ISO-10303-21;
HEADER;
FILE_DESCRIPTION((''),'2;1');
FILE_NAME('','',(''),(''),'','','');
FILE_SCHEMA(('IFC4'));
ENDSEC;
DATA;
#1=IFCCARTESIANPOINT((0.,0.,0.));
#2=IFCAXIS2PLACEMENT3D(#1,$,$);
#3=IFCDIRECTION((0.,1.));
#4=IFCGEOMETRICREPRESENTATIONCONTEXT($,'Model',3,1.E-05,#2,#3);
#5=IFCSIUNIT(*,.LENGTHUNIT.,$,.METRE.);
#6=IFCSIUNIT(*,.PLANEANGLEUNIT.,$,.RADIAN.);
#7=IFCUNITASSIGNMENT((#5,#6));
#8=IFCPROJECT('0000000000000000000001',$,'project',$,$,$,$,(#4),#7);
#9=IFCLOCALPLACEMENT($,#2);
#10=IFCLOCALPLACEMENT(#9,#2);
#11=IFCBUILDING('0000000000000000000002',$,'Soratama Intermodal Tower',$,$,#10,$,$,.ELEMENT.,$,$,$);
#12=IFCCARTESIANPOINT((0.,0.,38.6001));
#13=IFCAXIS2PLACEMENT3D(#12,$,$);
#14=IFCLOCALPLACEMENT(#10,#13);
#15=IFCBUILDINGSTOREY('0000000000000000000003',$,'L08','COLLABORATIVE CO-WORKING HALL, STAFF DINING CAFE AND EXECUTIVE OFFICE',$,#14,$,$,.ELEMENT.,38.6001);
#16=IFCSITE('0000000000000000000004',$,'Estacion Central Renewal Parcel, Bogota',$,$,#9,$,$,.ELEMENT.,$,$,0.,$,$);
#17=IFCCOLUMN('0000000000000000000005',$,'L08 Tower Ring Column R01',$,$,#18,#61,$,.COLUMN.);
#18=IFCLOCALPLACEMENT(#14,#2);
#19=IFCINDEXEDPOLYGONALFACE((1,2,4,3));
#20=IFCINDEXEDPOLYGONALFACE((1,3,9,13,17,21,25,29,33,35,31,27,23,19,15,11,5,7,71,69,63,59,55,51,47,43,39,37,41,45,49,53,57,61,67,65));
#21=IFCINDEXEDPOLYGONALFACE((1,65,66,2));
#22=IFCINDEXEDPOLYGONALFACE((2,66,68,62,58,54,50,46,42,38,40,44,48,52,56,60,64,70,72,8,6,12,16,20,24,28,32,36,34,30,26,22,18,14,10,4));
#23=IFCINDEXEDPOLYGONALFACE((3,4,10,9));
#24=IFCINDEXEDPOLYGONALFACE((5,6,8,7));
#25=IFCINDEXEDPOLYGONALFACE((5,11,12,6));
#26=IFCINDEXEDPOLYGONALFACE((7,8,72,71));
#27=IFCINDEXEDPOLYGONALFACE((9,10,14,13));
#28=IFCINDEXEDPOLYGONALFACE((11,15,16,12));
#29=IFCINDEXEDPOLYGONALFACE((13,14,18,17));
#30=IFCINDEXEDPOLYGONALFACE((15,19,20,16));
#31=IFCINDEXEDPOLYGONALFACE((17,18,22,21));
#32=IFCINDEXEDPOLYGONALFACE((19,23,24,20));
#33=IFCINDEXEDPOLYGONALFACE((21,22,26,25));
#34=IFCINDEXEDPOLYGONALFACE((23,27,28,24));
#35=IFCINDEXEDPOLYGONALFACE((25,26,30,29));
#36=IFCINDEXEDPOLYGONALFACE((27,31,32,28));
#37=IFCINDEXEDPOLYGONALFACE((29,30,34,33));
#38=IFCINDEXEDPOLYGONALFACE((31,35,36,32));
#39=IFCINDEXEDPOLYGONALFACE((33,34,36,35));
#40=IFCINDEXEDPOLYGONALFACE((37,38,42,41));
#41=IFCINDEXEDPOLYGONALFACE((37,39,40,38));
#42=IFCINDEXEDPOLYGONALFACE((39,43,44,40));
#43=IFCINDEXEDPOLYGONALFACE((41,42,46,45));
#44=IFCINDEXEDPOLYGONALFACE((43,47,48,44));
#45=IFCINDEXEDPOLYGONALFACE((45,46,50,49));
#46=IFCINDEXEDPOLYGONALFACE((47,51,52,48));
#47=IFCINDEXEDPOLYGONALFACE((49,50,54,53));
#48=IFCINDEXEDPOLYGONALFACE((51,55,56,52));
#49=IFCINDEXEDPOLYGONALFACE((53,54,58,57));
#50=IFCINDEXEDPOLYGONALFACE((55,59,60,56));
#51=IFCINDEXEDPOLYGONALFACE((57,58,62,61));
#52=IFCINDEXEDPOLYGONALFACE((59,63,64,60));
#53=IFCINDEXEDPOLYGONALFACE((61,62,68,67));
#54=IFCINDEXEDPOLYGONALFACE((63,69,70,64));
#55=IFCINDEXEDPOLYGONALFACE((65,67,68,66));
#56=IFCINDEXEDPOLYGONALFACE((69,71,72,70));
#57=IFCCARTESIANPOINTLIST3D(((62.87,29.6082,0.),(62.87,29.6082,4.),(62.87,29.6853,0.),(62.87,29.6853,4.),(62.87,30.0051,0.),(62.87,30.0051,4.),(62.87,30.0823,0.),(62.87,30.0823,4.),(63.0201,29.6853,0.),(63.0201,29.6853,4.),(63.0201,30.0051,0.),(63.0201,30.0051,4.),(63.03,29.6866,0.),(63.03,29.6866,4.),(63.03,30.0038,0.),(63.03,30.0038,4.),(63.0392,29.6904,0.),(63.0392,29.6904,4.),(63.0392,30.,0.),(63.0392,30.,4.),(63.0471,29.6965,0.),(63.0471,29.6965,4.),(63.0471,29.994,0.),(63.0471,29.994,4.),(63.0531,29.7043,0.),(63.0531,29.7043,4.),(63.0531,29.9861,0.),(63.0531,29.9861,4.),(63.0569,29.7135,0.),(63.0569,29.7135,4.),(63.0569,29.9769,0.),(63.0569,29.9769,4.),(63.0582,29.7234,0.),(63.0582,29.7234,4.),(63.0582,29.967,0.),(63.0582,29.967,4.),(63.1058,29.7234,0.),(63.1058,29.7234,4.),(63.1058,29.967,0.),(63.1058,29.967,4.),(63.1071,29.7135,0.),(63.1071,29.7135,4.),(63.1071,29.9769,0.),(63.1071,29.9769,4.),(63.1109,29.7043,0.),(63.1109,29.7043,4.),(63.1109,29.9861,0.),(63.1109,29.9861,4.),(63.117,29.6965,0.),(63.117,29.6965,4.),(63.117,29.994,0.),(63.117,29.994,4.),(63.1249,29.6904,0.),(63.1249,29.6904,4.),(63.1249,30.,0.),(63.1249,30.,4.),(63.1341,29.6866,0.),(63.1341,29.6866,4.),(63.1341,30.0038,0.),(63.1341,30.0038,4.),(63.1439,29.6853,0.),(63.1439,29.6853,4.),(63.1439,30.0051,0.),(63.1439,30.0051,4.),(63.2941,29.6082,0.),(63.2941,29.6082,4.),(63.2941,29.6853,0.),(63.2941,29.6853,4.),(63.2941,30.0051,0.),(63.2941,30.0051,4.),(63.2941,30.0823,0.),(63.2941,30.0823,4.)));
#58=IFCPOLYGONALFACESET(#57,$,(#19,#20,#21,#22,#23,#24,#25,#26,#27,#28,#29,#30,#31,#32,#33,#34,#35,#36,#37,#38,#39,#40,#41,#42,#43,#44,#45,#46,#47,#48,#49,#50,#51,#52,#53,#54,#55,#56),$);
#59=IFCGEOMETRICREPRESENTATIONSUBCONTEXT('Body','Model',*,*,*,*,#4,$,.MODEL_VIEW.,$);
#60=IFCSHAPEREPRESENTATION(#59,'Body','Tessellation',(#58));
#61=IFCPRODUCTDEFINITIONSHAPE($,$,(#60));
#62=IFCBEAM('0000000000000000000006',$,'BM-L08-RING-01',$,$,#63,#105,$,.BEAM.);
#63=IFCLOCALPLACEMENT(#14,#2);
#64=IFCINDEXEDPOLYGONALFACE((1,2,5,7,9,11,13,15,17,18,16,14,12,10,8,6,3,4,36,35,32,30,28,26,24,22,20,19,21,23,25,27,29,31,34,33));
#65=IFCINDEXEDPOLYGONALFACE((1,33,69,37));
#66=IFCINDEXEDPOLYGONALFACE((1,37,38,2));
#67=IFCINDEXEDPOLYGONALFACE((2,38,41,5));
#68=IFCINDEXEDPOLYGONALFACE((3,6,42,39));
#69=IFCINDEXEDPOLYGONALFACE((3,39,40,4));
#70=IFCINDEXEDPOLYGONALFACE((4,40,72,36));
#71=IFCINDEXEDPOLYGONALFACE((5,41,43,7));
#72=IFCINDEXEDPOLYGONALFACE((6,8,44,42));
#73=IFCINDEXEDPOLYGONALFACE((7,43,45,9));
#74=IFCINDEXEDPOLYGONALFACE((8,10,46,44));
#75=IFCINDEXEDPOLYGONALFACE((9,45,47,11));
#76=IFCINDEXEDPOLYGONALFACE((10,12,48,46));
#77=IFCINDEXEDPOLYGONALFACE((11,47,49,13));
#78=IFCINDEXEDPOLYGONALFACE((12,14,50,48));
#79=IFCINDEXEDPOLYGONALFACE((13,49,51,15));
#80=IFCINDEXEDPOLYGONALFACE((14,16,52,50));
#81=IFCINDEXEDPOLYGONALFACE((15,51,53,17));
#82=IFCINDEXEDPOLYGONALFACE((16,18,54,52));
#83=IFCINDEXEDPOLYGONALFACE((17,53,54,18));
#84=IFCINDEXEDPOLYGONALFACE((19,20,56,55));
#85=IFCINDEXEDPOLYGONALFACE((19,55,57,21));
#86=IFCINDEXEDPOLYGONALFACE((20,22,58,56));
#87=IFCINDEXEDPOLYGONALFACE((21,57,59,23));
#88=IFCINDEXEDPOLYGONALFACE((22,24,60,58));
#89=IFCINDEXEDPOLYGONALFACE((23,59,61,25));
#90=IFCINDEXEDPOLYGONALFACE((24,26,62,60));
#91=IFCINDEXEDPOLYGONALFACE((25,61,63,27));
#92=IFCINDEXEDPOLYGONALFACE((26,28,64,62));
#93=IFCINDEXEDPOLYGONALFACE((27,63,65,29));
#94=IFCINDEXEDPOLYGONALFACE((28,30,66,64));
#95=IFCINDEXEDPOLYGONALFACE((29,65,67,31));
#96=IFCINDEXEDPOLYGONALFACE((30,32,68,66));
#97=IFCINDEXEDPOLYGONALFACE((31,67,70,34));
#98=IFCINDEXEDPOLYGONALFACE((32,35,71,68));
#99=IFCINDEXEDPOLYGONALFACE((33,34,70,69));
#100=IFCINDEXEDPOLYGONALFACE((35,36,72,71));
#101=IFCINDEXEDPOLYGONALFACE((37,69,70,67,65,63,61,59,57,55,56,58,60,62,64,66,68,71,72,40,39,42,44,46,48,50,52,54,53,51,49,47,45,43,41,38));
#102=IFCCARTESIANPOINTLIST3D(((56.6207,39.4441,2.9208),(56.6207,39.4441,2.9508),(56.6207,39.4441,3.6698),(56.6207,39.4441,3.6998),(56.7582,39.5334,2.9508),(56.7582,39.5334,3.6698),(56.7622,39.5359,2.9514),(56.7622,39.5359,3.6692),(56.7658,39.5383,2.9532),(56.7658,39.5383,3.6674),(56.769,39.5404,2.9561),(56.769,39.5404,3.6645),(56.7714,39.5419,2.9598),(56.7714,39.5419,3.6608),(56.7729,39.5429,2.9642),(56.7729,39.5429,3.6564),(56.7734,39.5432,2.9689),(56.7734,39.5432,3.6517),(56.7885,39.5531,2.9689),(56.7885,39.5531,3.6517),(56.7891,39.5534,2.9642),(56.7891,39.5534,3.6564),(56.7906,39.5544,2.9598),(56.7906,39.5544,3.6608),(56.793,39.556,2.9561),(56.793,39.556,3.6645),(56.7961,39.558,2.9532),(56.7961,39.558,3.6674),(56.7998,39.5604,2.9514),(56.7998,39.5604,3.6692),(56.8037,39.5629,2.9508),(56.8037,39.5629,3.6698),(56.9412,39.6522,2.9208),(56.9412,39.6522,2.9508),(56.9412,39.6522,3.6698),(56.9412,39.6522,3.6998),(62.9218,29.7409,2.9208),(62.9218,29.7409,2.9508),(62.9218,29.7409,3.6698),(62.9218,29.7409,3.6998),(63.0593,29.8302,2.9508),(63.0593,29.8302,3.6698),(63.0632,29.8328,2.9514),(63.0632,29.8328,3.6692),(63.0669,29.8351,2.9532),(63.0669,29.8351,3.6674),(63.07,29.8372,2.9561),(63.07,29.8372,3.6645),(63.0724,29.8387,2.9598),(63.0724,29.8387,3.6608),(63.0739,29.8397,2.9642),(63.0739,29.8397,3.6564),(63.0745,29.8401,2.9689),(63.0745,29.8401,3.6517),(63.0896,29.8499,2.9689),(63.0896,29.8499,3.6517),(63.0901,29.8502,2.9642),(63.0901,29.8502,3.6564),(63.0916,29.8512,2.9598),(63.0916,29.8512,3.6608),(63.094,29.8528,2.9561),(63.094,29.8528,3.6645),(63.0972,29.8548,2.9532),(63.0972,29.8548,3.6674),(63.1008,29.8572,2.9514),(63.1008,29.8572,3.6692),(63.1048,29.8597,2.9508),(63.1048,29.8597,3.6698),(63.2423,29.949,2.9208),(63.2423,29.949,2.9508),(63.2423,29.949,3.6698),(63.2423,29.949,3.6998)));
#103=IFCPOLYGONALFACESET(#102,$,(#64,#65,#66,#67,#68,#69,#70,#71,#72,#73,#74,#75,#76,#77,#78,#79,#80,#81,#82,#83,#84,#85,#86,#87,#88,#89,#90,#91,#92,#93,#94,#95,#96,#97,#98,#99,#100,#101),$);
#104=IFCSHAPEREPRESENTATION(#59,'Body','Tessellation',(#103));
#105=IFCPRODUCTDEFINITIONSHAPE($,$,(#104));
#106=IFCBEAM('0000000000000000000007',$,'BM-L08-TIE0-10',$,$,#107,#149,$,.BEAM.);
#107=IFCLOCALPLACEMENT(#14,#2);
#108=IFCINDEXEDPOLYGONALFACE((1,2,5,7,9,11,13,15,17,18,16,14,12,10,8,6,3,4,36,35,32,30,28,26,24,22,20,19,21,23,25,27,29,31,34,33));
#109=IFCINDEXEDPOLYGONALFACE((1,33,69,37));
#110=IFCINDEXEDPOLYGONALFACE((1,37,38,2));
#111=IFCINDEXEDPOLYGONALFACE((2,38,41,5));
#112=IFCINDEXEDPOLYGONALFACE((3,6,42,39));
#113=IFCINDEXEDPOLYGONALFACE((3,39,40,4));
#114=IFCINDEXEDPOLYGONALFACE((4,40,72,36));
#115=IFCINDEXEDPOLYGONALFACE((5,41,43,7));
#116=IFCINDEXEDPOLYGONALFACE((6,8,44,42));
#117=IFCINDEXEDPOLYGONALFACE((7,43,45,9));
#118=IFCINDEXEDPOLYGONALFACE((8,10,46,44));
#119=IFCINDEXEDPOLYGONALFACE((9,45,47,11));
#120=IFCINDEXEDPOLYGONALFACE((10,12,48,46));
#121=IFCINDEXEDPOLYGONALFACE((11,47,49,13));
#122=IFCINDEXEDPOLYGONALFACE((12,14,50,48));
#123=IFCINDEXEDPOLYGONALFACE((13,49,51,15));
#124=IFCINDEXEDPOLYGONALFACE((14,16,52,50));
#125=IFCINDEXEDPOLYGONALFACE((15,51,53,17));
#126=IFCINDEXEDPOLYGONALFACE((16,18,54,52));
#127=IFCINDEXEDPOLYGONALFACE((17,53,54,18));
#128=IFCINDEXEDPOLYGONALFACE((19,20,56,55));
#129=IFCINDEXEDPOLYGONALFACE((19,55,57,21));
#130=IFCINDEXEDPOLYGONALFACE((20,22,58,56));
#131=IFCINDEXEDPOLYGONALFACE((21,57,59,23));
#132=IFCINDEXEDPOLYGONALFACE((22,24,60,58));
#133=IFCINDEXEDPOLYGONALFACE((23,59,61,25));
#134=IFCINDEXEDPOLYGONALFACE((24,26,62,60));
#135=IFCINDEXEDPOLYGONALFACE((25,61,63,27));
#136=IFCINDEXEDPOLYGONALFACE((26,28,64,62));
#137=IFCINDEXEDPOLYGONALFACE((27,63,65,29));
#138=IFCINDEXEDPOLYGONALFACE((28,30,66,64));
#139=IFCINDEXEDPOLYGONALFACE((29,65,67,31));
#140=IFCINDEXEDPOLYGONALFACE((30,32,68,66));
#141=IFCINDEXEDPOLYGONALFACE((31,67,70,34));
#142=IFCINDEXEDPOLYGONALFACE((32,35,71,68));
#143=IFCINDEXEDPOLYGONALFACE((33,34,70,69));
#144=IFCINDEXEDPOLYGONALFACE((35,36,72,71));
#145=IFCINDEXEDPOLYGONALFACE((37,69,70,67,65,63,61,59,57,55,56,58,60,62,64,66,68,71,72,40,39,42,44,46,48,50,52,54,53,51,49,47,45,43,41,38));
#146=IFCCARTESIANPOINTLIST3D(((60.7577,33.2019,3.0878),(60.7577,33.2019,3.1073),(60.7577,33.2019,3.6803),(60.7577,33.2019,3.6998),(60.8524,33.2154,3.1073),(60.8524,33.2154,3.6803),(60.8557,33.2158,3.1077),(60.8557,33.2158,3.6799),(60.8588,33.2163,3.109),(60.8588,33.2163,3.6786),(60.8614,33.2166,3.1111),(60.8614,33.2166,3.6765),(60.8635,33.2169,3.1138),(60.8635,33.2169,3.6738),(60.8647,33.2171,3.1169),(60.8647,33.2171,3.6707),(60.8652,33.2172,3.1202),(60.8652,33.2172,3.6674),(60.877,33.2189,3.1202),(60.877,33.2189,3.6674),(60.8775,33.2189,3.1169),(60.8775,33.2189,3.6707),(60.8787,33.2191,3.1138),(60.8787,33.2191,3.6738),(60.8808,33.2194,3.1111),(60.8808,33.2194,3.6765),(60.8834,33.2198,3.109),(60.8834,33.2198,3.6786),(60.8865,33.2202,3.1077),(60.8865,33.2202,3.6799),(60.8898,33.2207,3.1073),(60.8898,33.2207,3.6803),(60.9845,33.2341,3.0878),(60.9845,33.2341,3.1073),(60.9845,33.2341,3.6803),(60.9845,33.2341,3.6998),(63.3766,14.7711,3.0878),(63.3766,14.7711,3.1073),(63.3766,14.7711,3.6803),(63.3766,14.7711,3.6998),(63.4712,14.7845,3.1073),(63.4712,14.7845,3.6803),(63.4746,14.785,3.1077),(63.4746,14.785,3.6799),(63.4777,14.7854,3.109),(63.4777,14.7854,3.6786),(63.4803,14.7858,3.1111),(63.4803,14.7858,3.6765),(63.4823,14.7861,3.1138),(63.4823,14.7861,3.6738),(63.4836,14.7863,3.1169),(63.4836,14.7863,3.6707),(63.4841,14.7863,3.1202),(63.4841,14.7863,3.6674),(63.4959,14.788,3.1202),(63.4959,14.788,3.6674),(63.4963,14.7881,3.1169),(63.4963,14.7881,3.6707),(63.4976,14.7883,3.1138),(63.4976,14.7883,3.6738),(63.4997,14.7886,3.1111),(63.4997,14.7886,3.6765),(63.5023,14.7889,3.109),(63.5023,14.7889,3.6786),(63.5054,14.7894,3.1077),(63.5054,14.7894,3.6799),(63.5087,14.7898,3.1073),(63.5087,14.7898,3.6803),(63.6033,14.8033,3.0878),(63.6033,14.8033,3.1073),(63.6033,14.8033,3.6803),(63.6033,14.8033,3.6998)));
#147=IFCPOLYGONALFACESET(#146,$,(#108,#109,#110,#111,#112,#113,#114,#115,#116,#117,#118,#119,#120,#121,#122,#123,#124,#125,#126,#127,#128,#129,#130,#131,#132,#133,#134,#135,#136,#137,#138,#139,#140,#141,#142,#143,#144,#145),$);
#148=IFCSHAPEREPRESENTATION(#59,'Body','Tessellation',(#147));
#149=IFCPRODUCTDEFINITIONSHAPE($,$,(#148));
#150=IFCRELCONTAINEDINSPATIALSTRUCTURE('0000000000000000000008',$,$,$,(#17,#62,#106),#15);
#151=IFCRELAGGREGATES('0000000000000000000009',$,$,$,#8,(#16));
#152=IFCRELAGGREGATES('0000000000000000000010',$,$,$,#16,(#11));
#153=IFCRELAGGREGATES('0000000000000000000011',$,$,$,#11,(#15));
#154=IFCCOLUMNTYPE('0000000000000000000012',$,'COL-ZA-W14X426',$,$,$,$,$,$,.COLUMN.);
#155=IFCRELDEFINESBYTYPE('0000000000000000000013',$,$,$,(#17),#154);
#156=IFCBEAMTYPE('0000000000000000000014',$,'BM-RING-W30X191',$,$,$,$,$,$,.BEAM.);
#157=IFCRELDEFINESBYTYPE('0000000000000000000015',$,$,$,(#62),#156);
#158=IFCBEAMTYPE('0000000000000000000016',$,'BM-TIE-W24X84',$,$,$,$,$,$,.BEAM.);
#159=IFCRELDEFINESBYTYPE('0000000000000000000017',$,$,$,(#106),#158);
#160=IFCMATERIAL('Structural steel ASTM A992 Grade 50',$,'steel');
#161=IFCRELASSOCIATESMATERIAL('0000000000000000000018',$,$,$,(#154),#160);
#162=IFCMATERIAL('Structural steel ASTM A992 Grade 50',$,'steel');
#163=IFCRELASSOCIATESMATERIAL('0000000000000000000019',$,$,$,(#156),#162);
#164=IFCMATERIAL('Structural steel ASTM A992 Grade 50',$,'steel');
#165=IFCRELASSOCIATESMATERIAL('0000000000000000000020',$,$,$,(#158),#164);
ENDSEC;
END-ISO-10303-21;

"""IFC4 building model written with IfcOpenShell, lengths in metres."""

from ifc_helpers import new_model, si_unit, direction, frame, origin, origin_2d, place, context, subcontext, project, spatial, i_section, extrude, material, material_profile, profile_set, type_object, element, save


model = new_model("IFC4")

# Units and contexts
model_context = context("Model", 3, precision=1e-05, world=origin(), true_north=direction((0.0, 1.0)))
body_context = subcontext(model_context, "Body", "Model", "MODEL_VIEW")
ifc_project = project(units=[si_unit("LENGTHUNIT", "METRE"), si_unit("PLANEANGLEUNIT", "RADIAN")], contexts=[model_context])

# Site, building, storey
site_placement = place(None, origin())
site = spatial("IfcSite", under=ifc_project, at=site_placement, Name="Estacion Central Renewal Parcel, Bogota", CompositionType="ELEMENT", RefElevation=0.0)
building_placement = place(site_placement, origin())
building = spatial("IfcBuilding", under=site, at=building_placement, Name="Soratama Intermodal Tower", CompositionType="ELEMENT")
storey_placement = place(building_placement, frame((0.0, 0.0, 38.6001)))
storey = spatial("IfcBuildingStorey", under=building, at=storey_placement, Name="L08", Description="COLLABORATIVE CO-WORKING HALL, STAFF DINING CAFE AND EXECUTIVE OFFICE", CompositionType="ELEMENT", Elevation=38.6001)

# Column
ifc_material_1 = material(Name="Structural steel ASTM A992 Grade 50", Category="steel")
ifc_material_profile_1 = material_profile(ifc_material_1, i_section(OverallWidth=0.4241, OverallDepth=0.4741, WebThickness=0.0476, FlangeThickness=0.0771, FilletRadius=0.0381, at=origin_2d()), Name="W14X426")
ifc_profile_set_1 = profile_set([ifc_material_profile_1], Name="Structural steel ASTM A992 Grade 50")
column_type = type_object("IfcColumnType", Name="COL-ZA-W14X426", PredefinedType="COLUMN", material=ifc_profile_set_1)
column_placement = place(storey_placement, frame((63.082, 29.8452, 0.0), z_axis=(0.0, 0.0, 1.0), x_axis=(1.0, 0.0, 0.0)))
element("IfcColumn", 1, at=column_placement, inside=storey, type_object=column_type, Name="L08 Tower Ring Column R01", PredefinedType="COLUMN", context=body_context, shape_type="SweptSolid", body=[
    extrude(i_section(OverallWidth=0.4241, OverallDepth=0.4741, WebThickness=0.0476, FlangeThickness=0.0771, FilletRadius=0.0381, at=origin_2d()), origin(), (0.0, 0.0, 1.0), 4.0),
])

# Beams
ifc_material_2 = material(Name="Structural steel ASTM A992 Grade 50", Category="steel")
ifc_material_profile_2 = material_profile(ifc_material_2, i_section(OverallWidth=0.3821, OverallDepth=0.7791, WebThickness=0.0181, FlangeThickness=0.03, FilletRadius=0.0181, at=origin_2d()), Name="W30X191")
ifc_profile_set_2 = profile_set([ifc_material_profile_2], Name="Structural steel ASTM A992 Grade 50")
beam_type_1 = type_object("IfcBeamType", Name="BM-RING-W30X191", PredefinedType="BEAM", material=ifc_profile_set_2)
beam_1_placement = place(storey_placement, frame((63.082, 29.845, 3.3103), z_axis=(-0.544623, 0.838681, 0.0), x_axis=(-0.838681, -0.544623, 0.0)))
element("IfcBeam", 2, at=beam_1_placement, inside=storey, type_object=beam_type_1, Name="BM-L08-RING-01", PredefinedType="BEAM", context=body_context, shape_type="SweptSolid", body=[
    extrude(i_section(OverallWidth=0.3821, OverallDepth=0.7791, WebThickness=0.0181, FlangeThickness=0.03, FilletRadius=0.0181, at=origin_2d()), origin(), (0.0, 0.0, 1.0), 11.5696),
])
ifc_material_3 = material(Name="Structural steel ASTM A992 Grade 50", Category="steel")
ifc_material_profile_3 = material_profile(ifc_material_3, i_section(OverallWidth=0.229, OverallDepth=0.6121, WebThickness=0.012, FlangeThickness=0.0195, FilletRadius=0.0129, at=origin_2d()), Name="W24X84")
ifc_profile_set_3 = profile_set([ifc_material_profile_3], Name="Structural steel ASTM A992 Grade 50")
beam_type_2 = type_object("IfcBeamType", Name="BM-TIE-W24X84", PredefinedType="BEAM", material=ifc_profile_set_3)
beam_2_placement = place(storey_placement, frame((60.8711, 33.218, 3.3938), z_axis=(0.14068, -0.990055, 0.0), x_axis=(0.990055, 0.14068, 0.0)))
element("IfcBeam", 3, at=beam_2_placement, inside=storey, type_object=beam_type_2, Name="BM-L08-TIE0-10", PredefinedType="BEAM", context=body_context, shape_type="SweptSolid", body=[
    extrude(i_section(OverallWidth=0.229, OverallDepth=0.6121, WebThickness=0.012, FlangeThickness=0.0195, FilletRadius=0.0129, at=origin_2d()), origin(), (0.0, 0.0, 1.0), 18.616),
])

save(model, "model.ifc")
